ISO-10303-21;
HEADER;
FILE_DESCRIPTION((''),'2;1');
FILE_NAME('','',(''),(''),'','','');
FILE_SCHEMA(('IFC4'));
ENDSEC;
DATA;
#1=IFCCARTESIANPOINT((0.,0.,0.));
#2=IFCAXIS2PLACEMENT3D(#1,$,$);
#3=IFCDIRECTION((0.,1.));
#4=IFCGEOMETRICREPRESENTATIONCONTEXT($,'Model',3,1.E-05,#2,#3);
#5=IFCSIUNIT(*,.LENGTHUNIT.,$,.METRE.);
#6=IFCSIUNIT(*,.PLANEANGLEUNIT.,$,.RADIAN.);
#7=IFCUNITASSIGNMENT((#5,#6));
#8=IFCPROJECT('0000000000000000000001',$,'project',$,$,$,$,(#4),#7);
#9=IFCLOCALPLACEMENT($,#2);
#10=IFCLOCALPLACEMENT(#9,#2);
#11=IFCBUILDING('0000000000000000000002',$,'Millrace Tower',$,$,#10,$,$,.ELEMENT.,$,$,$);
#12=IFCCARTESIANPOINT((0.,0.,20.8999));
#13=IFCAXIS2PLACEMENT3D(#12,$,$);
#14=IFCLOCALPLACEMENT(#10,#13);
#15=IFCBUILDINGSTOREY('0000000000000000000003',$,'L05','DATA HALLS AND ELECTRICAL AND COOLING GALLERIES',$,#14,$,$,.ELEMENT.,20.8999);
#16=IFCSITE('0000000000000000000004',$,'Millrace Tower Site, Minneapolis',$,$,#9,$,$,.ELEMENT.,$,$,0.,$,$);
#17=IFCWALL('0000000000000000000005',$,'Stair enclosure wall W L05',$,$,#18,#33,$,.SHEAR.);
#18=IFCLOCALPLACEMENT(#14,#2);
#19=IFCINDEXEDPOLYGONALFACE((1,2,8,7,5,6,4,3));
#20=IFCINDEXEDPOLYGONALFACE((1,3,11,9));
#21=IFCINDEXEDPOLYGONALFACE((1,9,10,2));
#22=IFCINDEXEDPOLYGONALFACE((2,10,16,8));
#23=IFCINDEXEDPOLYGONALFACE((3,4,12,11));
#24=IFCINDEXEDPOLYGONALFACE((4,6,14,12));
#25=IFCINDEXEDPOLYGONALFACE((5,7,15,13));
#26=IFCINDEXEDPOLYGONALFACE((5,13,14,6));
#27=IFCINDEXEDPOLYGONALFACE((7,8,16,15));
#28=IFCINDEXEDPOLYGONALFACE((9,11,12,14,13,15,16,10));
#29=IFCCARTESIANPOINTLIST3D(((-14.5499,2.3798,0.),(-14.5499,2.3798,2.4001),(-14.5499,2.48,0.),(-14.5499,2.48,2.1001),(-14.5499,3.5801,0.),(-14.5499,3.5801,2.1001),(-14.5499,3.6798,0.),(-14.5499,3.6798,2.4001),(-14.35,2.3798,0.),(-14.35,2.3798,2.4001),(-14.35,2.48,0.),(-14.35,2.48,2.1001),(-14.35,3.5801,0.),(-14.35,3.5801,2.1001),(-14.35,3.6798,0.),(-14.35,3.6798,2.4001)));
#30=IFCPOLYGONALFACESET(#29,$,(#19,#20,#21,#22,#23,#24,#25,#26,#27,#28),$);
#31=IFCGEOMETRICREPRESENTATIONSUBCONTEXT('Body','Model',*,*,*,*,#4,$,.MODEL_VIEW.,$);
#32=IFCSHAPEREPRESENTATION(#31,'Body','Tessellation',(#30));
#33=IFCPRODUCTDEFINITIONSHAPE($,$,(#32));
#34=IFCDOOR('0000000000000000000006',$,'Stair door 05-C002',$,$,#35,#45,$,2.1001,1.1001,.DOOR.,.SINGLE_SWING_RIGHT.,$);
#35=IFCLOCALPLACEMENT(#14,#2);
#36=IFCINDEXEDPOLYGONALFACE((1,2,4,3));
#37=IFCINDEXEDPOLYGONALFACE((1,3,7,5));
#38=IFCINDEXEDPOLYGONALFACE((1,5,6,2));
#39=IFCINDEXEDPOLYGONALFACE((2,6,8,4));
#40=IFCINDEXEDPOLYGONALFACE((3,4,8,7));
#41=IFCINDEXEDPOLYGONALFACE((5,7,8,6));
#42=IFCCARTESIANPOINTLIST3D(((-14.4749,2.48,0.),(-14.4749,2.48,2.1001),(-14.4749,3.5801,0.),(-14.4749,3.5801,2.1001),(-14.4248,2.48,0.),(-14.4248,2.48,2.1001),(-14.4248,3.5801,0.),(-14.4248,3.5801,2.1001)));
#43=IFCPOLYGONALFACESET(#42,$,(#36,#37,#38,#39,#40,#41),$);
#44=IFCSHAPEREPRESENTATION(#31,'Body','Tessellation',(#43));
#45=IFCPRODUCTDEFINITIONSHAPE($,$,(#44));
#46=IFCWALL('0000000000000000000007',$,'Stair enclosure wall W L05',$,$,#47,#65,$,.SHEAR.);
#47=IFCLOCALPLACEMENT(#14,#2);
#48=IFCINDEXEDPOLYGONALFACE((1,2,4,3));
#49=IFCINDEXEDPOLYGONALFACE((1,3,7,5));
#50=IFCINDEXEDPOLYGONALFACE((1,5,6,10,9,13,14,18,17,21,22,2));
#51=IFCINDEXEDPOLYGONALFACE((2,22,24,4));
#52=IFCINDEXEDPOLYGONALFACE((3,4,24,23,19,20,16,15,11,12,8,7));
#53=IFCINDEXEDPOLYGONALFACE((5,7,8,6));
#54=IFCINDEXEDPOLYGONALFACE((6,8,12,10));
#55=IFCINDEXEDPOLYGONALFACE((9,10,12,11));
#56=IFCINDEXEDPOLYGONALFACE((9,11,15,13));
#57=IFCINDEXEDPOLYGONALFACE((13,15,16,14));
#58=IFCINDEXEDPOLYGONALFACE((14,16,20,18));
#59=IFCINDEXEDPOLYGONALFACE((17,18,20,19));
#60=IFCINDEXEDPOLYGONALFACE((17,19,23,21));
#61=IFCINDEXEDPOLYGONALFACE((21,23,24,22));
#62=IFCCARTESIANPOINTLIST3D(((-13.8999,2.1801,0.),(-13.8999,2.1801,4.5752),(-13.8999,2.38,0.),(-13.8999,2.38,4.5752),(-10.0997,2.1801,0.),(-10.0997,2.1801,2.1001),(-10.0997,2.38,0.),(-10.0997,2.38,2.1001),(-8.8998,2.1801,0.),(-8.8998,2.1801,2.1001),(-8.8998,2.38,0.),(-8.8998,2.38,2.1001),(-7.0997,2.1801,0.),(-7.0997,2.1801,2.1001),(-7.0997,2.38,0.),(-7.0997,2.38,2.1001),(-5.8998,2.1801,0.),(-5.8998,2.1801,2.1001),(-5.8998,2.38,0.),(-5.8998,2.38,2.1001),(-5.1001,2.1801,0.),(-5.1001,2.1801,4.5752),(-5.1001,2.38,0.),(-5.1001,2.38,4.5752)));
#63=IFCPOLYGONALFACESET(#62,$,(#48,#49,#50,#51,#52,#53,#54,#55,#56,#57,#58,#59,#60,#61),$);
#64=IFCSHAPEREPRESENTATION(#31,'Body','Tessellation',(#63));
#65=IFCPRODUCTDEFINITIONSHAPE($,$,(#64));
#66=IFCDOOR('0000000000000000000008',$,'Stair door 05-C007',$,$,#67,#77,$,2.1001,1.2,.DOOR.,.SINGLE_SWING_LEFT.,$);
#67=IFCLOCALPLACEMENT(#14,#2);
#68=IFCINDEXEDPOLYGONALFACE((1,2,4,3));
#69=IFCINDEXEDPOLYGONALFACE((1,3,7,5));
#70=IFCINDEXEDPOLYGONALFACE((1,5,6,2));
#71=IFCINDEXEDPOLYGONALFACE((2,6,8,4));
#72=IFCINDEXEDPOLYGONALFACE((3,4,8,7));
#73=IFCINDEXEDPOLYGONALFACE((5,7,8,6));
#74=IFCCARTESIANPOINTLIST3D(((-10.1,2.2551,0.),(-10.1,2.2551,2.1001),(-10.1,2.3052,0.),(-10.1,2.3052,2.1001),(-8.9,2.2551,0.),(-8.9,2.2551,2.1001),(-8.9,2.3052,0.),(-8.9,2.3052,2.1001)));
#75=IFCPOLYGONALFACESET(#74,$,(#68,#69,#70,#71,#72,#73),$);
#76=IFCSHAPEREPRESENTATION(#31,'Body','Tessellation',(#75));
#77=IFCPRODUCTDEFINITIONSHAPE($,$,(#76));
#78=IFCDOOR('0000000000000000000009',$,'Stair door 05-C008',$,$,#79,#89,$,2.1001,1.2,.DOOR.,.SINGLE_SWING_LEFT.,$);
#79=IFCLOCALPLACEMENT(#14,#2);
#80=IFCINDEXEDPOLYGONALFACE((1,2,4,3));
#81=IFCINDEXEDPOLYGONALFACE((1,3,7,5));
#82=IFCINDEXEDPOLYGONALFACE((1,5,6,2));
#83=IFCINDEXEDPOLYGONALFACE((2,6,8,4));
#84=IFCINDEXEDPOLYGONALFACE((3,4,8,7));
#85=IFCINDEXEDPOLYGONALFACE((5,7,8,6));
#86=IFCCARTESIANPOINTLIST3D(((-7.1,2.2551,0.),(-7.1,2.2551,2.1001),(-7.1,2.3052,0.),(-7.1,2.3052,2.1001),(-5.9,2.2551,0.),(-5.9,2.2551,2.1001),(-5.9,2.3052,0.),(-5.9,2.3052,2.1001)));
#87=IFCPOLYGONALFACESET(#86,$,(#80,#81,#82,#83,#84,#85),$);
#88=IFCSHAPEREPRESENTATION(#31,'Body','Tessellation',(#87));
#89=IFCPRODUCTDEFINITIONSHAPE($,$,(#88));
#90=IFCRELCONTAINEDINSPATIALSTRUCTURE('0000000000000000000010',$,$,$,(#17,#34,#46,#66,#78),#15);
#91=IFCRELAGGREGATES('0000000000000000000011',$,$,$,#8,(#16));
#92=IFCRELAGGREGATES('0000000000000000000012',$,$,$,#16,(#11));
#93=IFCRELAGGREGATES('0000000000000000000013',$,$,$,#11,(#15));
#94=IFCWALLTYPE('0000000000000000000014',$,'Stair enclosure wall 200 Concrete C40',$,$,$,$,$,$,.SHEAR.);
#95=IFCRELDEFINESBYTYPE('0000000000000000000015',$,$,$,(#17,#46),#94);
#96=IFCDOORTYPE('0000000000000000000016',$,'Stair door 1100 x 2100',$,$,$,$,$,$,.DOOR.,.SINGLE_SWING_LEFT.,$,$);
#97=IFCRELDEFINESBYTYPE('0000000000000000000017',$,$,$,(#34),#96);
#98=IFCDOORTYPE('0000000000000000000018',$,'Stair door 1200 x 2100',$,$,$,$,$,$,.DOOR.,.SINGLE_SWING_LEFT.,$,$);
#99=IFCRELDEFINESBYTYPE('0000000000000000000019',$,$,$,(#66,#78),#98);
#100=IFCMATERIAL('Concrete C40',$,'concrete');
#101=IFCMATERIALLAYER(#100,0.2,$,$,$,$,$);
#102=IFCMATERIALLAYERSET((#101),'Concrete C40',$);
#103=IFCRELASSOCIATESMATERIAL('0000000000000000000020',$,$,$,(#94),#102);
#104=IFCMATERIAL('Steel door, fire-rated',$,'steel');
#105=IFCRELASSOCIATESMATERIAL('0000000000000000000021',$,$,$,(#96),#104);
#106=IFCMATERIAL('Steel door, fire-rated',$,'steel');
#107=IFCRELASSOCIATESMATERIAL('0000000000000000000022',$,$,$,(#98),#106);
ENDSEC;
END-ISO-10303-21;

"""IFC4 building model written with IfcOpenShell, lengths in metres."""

from ifc_helpers import new_model, si_unit, direction, frame, frame_2d, origin, place, context, subcontext, project, spatial, rectangle, extrude, material, layer, layer_set, type_object, element, fill, save


model = new_model("IFC4")

# Units and contexts
model_context = context("Model", 3, precision=1e-05, world=origin(), true_north=direction((0.0, 1.0)))
body_context = subcontext(model_context, "Body", "Model", "MODEL_VIEW")
ifc_project = project(units=[si_unit("LENGTHUNIT", "METRE"), si_unit("PLANEANGLEUNIT", "RADIAN")], contexts=[model_context])

# Site, building, storey
site_placement = place(None, origin())
site = spatial("IfcSite", under=ifc_project, at=site_placement, Name="Millrace Tower Site, Minneapolis", CompositionType="ELEMENT", RefElevation=0.0)
building_placement = place(site_placement, origin())
building = spatial("IfcBuilding", under=site, at=building_placement, Name="Millrace Tower", CompositionType="ELEMENT")
storey_placement = place(building_placement, frame((0.0, 0.0, 20.8999)))
storey = spatial("IfcBuildingStorey", under=building, at=storey_placement, Name="L05", Description="DATA HALLS AND ELECTRICAL AND COOLING GALLERIES", CompositionType="ELEMENT", Elevation=20.8999)

# Wall, opening, door
ifc_material_1 = material(Name="Concrete C40", Category="concrete")
ifc_layer_1 = layer(ifc_material_1, 0.2)
ifc_layer_set_1 = layer_set([ifc_layer_1], Name="Concrete C40")
wall_type_1 = type_object("IfcWallType", Name="Stair enclosure wall 200 Concrete C40", PredefinedType="SHEAR", material=ifc_layer_set_1)
wall_1_placement = place(storey_placement, frame((-14.45, 2.3799, 0.0), z_axis=(0.0, 0.0, 1.0), x_axis=(0.0, 1.0, 0.0)))
wall_1 = element("IfcWall", 1, at=wall_1_placement, inside=storey, type_object=wall_type_1, Name="Stair enclosure wall W L05", PredefinedType="SHEAR", context=body_context, shape_type="SweptSolid", body=[
    extrude(rectangle(XDim=1.3, YDim=0.2, at=frame_2d((0.6499, 0.0))), origin(), (0.0, 0.0, 1.0), 2.4001),
])
opening_1_placement = place(wall_1_placement, frame((0.1001, 0.0, 0.0)))
opening_1 = element("IfcOpeningElement", 2, at=opening_1_placement, cuts=wall_1, PredefinedType="OPENING", context=body_context, shape_type="SweptSolid", body=[
    extrude(rectangle(XDim=1.1001, YDim=2.1001, at=frame_2d((0.55, 1.05))), frame((0.0, 0.1099, 0.0), z_axis=(0.0, -1.0, 0.0), x_axis=(1.0, 0.0, 0.0)), (0.0, 0.0, 1.0), 0.22),
])
ifc_material_2 = material(Name="Steel door, fire-rated", Category="steel")
door_type_1 = type_object("IfcDoorType", Name="Stair door 1100 x 2100", OperationType="SINGLE_SWING_LEFT", PredefinedType="DOOR", material=ifc_material_2)
door_1_placement = place(opening_1_placement, origin())
door_1 = element("IfcDoor", 3, at=door_1_placement, inside=storey, type_object=door_type_1, Name="Stair door 05-C002", OperationType="SINGLE_SWING_RIGHT", OverallHeight=2.1001, OverallWidth=1.1001, PredefinedType="DOOR", context=body_context, shape_type="SweptSolid", body=[
    extrude(rectangle(XDim=1.1001, YDim=2.1001, at=frame_2d((0.55, 1.05))), frame((0.0, 0.0249, 0.0), z_axis=(0.0, -1.0, 0.0), x_axis=(1.0, 0.0, 0.0)), (0.0, 0.0, 1.0), 0.05),
])
fill(opening_1, door_1)

# Wall, openings, doors
wall_2_placement = place(storey_placement, frame((-13.8999, 2.28, 0.0), z_axis=(0.0, 0.0, 1.0), x_axis=(1.0, 0.0, 0.0)))
wall_2 = element("IfcWall", 4, at=wall_2_placement, inside=storey, type_object=wall_type_1, Name="Stair enclosure wall W L05", PredefinedType="SHEAR", context=body_context, shape_type="SweptSolid", body=[
    extrude(rectangle(XDim=8.7998, YDim=0.2, at=frame_2d((4.3999, 0.0))), origin(), (0.0, 0.0, 1.0), 4.5752),
])
opening_2_placement = place(wall_2_placement, frame((3.8, 0.0, 0.0)))
opening_2 = element("IfcOpeningElement", 5, at=opening_2_placement, cuts=wall_2, PredefinedType="OPENING", context=body_context, shape_type="SweptSolid", body=[
    extrude(rectangle(XDim=1.2, YDim=2.1001, at=frame_2d((0.6001, 1.05))), frame((0.0, 0.1099, 0.0), z_axis=(0.0, -1.0, 0.0), x_axis=(1.0, 0.0, 0.0)), (0.0, 0.0, 1.0), 0.22),
])
opening_3_placement = place(wall_2_placement, frame((6.8, 0.0, 0.0)))
opening_3 = element("IfcOpeningElement", 6, at=opening_3_placement, cuts=wall_2, PredefinedType="OPENING", context=body_context, shape_type="SweptSolid", body=[
    extrude(rectangle(XDim=1.2, YDim=2.1001, at=frame_2d((0.6001, 1.05))), frame((0.0, 0.1099, 0.0), z_axis=(0.0, -1.0, 0.0), x_axis=(1.0, 0.0, 0.0)), (0.0, 0.0, 1.0), 0.22),
])
ifc_material_3 = material(Name="Steel door, fire-rated", Category="steel")
door_type_2 = type_object("IfcDoorType", Name="Stair door 1200 x 2100", OperationType="SINGLE_SWING_LEFT", PredefinedType="DOOR", material=ifc_material_3)
door_2_placement = place(opening_2_placement, frame((1.2, 0.0, 0.0), z_axis=(0.0, 0.0, 1.0), x_axis=(-1.0, 0.0, 0.0)))
door_2 = element("IfcDoor", 7, at=door_2_placement, inside=storey, type_object=door_type_2, Name="Stair door 05-C007", OperationType="SINGLE_SWING_LEFT", OverallHeight=2.1001, OverallWidth=1.2, PredefinedType="DOOR", context=body_context, shape_type="SweptSolid", body=[
    extrude(rectangle(XDim=1.2, YDim=2.1001, at=frame_2d((0.6001, 1.05))), frame((0.0, 0.0249, 0.0), z_axis=(0.0, -1.0, 0.0), x_axis=(1.0, 0.0, 0.0)), (0.0, 0.0, 1.0), 0.05),
])
fill(opening_2, door_2)
door_3_placement = place(opening_3_placement, frame((1.2, 0.0, 0.0), z_axis=(0.0, 0.0, 1.0), x_axis=(-1.0, 0.0, 0.0)))
door_3 = element("IfcDoor", 8, at=door_3_placement, inside=storey, type_object=door_type_2, Name="Stair door 05-C008", OperationType="SINGLE_SWING_LEFT", OverallHeight=2.1001, OverallWidth=1.2, PredefinedType="DOOR", context=body_context, shape_type="SweptSolid", body=[
    extrude(rectangle(XDim=1.2, YDim=2.1001, at=frame_2d((0.6001, 1.05))), frame((0.0, 0.0249, 0.0), z_axis=(0.0, -1.0, 0.0), x_axis=(1.0, 0.0, 0.0)), (0.0, 0.0, 1.0), 0.05),
])
fill(opening_3, door_3)

save(model, "model.ifc")
